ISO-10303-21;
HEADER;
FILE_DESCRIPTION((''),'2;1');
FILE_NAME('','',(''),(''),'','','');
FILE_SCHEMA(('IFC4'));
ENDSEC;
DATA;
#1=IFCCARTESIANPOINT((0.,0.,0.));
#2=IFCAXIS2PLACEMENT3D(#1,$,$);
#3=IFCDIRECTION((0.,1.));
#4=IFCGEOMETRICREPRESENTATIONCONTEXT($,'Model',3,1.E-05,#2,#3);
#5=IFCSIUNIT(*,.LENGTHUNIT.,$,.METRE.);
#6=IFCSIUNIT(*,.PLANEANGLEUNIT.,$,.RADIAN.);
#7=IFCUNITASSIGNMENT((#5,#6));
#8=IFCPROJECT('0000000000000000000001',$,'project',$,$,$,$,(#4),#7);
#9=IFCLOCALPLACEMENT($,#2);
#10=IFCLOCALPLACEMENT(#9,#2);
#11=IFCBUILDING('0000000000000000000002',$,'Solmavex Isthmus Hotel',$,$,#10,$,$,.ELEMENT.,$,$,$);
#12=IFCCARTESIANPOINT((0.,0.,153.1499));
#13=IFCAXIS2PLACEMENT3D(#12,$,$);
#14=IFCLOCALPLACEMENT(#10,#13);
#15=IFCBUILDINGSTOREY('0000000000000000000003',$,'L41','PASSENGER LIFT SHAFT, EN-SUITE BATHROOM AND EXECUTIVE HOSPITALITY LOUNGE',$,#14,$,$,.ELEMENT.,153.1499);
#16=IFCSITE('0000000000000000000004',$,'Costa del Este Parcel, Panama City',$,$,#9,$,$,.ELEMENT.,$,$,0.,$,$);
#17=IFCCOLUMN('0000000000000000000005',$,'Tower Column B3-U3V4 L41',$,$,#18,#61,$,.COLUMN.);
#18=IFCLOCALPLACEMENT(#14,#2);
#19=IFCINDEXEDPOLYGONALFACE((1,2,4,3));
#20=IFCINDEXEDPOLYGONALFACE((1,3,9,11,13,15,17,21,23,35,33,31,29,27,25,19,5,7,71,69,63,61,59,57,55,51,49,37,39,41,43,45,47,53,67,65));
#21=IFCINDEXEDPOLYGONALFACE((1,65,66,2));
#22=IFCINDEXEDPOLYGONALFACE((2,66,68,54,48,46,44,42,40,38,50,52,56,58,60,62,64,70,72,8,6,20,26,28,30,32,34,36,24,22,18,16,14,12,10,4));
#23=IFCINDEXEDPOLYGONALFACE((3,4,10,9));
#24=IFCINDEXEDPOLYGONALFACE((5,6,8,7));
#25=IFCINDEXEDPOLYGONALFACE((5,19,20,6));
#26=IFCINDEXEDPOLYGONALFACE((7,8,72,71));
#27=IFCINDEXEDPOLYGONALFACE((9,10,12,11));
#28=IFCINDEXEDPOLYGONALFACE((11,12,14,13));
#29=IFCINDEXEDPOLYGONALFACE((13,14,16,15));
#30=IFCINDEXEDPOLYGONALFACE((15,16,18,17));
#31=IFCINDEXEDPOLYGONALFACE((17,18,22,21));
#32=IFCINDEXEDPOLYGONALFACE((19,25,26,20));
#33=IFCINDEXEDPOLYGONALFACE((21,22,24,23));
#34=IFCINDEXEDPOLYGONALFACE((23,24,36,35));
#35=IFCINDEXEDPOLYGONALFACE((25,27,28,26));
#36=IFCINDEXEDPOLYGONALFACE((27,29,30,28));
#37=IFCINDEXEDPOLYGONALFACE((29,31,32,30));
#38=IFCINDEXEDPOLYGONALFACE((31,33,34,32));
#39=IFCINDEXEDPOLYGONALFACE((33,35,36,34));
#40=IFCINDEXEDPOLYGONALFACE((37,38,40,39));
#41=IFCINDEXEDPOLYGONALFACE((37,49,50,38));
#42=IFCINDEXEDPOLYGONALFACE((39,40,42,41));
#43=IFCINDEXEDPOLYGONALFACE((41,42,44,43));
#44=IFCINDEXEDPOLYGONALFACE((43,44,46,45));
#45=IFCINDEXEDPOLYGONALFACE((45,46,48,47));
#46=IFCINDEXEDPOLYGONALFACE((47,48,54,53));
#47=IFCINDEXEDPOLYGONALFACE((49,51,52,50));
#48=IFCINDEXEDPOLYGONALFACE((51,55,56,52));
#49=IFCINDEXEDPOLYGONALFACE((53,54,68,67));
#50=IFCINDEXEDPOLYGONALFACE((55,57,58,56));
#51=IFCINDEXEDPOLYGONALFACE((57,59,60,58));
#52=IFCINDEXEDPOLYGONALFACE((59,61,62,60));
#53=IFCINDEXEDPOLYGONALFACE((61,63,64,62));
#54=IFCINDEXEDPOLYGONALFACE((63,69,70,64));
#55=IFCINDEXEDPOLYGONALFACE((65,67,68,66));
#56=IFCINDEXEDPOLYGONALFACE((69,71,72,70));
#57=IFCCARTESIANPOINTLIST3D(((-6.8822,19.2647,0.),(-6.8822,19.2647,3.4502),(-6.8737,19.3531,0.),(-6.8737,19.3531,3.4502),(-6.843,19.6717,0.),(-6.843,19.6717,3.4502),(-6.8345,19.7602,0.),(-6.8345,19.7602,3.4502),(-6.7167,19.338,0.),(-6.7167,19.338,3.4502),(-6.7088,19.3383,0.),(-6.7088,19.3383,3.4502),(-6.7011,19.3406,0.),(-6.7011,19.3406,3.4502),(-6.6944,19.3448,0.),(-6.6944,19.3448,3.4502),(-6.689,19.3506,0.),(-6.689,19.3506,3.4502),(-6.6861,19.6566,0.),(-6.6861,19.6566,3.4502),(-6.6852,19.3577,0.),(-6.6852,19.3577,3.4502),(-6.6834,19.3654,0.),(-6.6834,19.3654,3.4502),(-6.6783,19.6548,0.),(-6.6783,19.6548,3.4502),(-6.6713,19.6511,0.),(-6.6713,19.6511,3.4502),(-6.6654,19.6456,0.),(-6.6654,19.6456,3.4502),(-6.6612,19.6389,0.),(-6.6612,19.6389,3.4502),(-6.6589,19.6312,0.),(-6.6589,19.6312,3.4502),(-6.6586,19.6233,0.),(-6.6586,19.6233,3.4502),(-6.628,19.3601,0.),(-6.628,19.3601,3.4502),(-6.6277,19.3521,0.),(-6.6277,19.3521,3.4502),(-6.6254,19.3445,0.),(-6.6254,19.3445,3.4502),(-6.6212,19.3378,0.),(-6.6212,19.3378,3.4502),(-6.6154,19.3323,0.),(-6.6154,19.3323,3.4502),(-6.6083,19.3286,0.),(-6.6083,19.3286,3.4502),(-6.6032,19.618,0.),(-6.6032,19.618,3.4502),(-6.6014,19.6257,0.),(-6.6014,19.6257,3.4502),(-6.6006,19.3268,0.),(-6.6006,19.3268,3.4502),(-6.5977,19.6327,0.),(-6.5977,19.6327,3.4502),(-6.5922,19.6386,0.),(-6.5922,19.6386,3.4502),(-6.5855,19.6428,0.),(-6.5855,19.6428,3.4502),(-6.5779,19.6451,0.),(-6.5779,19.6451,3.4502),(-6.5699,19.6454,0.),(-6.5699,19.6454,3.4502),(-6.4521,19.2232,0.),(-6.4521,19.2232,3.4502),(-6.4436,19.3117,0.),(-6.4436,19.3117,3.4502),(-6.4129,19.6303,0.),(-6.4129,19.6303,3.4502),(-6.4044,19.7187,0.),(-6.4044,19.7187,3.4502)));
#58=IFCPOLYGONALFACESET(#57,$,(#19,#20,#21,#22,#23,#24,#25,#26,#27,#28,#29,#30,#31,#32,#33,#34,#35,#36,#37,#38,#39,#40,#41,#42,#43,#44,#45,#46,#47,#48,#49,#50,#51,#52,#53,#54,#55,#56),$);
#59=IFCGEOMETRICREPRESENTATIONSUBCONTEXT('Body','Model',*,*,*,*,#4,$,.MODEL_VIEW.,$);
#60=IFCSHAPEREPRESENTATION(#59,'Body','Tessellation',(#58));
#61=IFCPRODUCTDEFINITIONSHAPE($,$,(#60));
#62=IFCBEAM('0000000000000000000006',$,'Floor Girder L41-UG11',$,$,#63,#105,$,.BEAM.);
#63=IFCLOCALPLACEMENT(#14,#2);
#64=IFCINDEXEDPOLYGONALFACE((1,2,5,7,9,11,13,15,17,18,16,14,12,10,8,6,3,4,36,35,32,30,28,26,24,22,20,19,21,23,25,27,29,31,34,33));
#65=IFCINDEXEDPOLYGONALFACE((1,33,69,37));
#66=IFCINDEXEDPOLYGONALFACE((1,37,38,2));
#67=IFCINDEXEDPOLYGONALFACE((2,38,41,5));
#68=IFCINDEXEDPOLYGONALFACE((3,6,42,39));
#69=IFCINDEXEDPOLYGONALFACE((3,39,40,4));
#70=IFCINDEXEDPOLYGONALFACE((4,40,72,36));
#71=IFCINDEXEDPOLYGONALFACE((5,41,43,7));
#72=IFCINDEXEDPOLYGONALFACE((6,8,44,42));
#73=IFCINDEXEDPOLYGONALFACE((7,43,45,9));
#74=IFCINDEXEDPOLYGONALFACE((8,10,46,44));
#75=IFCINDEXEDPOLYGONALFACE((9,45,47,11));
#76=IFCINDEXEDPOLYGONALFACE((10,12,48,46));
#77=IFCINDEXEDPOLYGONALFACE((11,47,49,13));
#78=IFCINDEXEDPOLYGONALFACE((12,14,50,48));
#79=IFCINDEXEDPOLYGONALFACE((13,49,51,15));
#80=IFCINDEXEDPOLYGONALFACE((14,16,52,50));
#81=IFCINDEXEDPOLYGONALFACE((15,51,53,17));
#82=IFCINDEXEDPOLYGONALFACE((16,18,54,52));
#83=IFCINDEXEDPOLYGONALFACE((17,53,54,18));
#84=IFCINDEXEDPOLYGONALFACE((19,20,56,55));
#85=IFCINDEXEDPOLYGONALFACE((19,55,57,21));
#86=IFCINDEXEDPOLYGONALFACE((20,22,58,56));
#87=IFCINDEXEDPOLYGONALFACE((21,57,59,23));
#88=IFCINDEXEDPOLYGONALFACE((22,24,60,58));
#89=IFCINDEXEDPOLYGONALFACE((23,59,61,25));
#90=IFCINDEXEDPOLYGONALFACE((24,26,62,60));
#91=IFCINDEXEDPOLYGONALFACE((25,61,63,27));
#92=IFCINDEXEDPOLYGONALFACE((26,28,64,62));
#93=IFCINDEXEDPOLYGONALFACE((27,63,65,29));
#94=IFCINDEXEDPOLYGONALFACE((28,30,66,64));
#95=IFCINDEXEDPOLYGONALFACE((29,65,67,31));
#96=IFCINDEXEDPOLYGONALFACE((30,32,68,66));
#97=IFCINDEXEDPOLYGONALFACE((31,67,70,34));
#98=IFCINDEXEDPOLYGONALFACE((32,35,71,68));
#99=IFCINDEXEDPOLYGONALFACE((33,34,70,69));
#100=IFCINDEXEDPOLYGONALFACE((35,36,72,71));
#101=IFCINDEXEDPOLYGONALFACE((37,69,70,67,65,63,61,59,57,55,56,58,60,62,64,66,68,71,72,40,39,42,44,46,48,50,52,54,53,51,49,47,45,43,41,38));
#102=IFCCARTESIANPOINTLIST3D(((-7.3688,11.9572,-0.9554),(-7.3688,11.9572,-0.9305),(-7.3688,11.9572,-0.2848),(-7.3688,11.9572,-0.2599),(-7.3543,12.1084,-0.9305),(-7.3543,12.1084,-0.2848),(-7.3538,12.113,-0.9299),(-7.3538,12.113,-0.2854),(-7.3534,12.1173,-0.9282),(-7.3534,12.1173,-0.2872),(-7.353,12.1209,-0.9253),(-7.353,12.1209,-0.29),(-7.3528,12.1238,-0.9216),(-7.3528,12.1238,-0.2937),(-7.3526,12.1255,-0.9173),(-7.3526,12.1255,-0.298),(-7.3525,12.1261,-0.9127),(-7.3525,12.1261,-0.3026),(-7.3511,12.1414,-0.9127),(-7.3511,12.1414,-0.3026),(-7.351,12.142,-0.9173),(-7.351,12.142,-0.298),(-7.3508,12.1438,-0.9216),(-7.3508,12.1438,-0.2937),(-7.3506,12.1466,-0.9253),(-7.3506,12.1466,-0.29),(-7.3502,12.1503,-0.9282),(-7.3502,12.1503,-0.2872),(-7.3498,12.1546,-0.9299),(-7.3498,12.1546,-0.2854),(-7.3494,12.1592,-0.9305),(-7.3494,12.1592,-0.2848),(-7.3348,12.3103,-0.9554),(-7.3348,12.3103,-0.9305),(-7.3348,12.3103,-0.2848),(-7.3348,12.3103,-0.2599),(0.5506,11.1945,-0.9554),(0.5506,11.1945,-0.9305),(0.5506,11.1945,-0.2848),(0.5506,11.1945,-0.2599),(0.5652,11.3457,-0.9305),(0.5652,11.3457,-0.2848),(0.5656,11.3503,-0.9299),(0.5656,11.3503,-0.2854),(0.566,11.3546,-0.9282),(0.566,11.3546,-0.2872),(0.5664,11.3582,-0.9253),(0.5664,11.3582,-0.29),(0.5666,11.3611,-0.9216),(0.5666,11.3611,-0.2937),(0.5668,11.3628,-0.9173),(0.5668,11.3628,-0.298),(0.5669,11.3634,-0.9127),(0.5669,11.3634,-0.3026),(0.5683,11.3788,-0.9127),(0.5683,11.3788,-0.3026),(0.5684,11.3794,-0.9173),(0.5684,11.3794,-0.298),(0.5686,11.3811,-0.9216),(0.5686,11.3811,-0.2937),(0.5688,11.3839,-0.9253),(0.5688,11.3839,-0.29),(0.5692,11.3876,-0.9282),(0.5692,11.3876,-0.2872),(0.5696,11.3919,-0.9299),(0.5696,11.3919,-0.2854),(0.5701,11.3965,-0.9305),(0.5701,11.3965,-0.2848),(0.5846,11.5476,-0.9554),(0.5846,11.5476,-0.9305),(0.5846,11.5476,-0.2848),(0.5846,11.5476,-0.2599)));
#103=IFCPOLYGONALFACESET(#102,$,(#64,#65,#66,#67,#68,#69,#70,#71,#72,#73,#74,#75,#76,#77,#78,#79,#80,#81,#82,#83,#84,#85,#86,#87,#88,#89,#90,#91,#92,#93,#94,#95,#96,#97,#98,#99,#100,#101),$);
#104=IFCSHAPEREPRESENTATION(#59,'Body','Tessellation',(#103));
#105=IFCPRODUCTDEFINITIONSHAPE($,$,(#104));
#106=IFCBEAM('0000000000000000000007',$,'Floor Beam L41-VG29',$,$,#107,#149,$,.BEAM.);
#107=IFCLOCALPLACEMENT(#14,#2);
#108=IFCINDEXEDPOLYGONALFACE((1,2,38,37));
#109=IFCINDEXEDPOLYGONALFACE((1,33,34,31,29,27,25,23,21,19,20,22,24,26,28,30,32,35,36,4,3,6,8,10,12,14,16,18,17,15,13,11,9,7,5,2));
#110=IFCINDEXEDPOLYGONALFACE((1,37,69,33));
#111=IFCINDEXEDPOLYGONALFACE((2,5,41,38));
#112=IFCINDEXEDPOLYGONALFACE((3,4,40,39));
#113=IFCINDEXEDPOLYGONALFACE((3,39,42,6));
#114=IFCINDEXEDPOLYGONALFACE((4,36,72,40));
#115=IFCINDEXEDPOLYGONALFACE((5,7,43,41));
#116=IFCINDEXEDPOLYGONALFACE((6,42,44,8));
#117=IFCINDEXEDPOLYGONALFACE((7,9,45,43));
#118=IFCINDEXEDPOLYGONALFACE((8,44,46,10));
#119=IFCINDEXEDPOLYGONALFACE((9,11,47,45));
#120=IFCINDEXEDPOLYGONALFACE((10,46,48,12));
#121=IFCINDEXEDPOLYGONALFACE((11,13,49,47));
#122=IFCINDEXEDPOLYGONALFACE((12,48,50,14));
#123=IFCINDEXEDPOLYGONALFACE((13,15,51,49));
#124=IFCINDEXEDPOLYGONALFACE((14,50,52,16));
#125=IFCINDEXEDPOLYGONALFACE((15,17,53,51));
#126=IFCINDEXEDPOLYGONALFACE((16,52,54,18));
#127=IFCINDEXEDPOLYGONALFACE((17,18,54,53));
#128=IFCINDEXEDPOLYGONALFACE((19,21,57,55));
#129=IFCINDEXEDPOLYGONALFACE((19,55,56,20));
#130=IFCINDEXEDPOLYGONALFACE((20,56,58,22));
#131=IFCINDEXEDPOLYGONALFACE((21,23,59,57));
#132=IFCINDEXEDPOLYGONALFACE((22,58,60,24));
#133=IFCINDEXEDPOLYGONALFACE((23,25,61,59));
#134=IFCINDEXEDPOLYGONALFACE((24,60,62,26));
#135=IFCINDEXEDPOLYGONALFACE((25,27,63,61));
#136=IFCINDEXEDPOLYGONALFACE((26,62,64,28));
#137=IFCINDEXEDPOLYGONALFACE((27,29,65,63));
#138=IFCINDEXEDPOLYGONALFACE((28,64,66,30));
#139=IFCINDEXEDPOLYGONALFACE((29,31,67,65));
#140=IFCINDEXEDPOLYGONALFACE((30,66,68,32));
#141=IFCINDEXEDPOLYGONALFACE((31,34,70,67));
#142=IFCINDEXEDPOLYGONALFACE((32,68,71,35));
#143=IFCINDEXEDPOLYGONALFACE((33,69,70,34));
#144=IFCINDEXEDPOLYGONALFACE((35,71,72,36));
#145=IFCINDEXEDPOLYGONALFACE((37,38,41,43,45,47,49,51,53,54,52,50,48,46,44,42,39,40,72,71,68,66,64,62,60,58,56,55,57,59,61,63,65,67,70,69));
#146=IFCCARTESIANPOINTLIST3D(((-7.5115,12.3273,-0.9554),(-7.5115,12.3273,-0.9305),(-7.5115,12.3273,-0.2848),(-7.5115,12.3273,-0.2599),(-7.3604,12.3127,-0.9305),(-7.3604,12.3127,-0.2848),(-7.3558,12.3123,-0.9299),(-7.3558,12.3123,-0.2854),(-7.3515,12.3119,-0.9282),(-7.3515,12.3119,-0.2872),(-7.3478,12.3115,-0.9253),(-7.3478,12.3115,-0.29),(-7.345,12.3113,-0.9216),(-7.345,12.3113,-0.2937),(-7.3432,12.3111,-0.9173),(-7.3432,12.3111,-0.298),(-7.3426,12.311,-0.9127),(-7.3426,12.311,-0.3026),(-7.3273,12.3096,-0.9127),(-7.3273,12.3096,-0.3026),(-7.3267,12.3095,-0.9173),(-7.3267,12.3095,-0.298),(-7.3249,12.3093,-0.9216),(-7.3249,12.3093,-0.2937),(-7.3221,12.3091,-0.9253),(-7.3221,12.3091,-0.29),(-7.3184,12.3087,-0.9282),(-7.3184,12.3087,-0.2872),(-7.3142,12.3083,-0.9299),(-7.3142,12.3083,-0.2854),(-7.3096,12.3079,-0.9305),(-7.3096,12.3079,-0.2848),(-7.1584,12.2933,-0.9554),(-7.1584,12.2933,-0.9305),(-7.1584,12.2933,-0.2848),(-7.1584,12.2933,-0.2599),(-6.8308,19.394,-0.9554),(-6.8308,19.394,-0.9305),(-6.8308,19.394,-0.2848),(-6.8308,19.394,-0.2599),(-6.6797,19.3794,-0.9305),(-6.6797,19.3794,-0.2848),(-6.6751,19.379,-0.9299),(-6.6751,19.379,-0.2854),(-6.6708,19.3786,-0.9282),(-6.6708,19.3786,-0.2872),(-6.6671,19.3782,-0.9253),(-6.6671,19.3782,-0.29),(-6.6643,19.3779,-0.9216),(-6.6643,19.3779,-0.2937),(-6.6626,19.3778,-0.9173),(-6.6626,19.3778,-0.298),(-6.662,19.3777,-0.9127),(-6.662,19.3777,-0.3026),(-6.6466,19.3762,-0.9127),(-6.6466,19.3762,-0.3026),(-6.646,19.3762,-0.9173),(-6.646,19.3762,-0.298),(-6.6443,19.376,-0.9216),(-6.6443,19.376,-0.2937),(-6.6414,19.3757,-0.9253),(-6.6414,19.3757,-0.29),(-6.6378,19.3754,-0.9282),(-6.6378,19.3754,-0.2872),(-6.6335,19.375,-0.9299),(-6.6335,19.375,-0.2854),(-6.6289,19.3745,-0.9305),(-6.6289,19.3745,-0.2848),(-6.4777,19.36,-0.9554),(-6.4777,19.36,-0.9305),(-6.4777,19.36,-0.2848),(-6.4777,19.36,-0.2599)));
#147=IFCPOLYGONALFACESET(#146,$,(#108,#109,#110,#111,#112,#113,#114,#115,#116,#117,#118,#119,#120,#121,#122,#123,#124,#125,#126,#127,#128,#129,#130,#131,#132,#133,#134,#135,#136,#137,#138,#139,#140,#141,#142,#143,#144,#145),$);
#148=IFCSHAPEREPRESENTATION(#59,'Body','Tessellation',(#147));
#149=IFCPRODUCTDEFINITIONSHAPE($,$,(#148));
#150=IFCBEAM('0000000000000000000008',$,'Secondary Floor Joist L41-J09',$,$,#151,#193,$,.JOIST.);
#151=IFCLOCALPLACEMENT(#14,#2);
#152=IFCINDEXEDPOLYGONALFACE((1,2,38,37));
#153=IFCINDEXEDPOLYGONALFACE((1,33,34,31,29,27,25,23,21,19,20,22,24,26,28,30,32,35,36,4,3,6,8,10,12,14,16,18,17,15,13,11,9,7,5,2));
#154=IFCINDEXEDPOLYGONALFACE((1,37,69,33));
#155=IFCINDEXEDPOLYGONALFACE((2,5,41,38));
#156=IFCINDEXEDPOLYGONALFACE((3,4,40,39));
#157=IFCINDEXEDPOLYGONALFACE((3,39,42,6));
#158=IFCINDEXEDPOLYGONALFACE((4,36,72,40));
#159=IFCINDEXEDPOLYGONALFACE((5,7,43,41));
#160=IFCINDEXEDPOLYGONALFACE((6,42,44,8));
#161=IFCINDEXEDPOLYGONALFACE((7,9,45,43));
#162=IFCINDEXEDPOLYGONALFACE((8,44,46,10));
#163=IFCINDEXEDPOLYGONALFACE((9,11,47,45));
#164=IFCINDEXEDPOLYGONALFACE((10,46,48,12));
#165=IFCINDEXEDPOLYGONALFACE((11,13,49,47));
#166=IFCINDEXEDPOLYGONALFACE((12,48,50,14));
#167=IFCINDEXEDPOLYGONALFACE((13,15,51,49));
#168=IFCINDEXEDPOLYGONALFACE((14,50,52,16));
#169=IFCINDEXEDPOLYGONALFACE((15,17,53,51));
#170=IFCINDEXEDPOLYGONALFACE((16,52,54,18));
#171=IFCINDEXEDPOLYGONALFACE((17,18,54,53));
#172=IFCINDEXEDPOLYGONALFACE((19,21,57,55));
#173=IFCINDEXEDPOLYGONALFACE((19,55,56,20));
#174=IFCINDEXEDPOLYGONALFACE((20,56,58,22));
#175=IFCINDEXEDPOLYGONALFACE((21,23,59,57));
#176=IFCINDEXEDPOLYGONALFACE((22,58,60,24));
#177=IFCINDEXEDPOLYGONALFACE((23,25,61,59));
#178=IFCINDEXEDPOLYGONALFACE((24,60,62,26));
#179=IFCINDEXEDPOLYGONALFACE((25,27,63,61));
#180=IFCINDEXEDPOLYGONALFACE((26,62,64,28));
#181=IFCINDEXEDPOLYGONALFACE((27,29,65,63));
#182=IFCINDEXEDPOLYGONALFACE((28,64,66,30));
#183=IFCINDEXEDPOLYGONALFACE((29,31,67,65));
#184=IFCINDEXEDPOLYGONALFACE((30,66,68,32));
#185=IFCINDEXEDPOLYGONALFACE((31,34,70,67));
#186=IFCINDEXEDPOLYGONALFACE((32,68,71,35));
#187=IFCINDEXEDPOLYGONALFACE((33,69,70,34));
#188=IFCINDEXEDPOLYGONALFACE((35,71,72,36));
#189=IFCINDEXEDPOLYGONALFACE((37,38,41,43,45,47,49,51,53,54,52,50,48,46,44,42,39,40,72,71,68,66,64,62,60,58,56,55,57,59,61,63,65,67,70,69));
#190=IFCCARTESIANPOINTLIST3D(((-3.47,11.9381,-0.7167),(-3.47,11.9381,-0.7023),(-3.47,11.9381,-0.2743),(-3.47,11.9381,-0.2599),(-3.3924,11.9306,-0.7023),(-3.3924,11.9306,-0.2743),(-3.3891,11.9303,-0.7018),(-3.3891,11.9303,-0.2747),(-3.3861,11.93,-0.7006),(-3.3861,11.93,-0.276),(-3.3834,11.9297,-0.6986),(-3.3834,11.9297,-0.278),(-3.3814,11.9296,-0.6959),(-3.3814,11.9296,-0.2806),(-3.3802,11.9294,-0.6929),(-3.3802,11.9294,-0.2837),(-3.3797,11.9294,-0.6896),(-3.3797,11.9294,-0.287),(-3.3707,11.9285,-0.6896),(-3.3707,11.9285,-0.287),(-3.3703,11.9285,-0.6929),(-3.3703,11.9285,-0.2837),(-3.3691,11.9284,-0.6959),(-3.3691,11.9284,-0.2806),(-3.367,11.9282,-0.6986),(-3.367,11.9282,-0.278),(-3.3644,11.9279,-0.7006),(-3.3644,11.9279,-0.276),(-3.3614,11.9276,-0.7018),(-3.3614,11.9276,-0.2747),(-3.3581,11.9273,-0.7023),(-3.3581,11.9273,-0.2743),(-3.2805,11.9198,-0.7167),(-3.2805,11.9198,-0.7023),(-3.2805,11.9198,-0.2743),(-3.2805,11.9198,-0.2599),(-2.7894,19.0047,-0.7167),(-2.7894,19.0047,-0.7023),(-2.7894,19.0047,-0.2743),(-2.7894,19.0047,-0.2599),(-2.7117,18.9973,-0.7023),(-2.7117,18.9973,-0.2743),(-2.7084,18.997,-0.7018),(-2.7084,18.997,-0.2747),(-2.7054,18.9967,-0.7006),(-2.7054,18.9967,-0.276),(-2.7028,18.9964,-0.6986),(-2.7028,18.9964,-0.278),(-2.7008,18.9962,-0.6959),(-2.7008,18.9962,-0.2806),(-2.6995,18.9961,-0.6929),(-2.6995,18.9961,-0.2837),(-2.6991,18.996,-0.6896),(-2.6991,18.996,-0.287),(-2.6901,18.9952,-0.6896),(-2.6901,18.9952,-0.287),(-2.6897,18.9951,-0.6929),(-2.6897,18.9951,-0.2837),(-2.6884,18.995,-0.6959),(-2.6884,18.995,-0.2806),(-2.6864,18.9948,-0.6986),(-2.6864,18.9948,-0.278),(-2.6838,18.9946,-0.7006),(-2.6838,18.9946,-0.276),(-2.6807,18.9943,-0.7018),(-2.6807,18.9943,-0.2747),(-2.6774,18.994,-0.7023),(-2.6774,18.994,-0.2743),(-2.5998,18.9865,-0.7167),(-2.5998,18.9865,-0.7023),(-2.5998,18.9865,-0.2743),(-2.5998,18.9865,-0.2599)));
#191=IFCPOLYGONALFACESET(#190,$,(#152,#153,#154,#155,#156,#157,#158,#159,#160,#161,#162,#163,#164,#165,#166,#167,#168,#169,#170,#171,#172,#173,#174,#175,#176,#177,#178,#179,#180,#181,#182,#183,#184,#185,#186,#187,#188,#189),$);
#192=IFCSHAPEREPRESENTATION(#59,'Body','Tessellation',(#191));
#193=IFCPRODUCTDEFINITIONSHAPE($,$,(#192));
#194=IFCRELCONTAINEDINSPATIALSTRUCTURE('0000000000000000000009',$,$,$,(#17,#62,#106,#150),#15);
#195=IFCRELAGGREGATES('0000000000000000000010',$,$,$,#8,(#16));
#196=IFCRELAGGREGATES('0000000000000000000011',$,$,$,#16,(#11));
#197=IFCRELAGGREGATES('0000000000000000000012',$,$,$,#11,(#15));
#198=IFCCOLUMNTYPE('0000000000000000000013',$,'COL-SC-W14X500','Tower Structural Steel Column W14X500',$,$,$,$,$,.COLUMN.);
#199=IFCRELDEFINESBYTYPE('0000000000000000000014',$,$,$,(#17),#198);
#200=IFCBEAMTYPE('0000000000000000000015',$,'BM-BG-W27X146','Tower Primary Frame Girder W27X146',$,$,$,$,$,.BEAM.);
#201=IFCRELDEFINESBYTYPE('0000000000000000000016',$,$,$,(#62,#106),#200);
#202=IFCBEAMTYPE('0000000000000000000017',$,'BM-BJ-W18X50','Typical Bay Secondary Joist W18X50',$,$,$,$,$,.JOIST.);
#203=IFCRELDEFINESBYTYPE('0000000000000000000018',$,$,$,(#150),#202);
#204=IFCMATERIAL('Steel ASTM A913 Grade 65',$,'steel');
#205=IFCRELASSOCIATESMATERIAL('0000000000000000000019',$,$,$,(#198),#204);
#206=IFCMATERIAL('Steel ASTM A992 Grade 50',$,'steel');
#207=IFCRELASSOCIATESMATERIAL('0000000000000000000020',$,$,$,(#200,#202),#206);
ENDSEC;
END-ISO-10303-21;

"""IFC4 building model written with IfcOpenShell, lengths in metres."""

from ifc_helpers import new_model, si_unit, direction, frame, origin, origin_2d, place, context, subcontext, project, spatial, i_section, extrude, material, material_profile, profile_set, type_object, element, save


model = new_model("IFC4")

# Units and contexts
model_context = context("Model", 3, precision=1e-05, world=origin(), true_north=direction((0.0, 1.0)))
body_context = subcontext(model_context, "Body", "Model", "MODEL_VIEW")
ifc_project = project(units=[si_unit("LENGTHUNIT", "METRE"), si_unit("PLANEANGLEUNIT", "RADIAN")], contexts=[model_context])

# Site, building, storey
site_placement = place(None, origin())
site = spatial("IfcSite", under=ifc_project, at=site_placement, Name="Costa del Este Parcel, Panama City", CompositionType="ELEMENT", RefElevation=0.0)
building_placement = place(site_placement, origin())
building = spatial("IfcBuilding", under=site, at=building_placement, Name="Solmavex Isthmus Hotel", CompositionType="ELEMENT")
storey_placement = place(building_placement, frame((0.0, 0.0, 153.1499)))
storey = spatial("IfcBuildingStorey", under=building, at=storey_placement, Name="L41", Description="PASSENGER LIFT SHAFT, EN-SUITE BATHROOM AND EXECUTIVE HOSPITALITY LOUNGE", CompositionType="ELEMENT", Elevation=153.1499)

# Column
ifc_material_1 = material(Name="Steel ASTM A913 Grade 65", Category="steel")
ifc_material_profile_1 = material_profile(ifc_material_1, i_section(OverallWidth=0.4321, OverallDepth=0.4978, WebThickness=0.0557, FlangeThickness=0.0889, FilletRadius=0.0305, at=origin_2d()), Name="W14X500")
ifc_profile_set_1 = profile_set([ifc_material_profile_1], Name="Steel ASTM A913 Grade 65")
column_type = type_object("IfcColumnType", Name="COL-SC-W14X500", Description="Tower Structural Steel Column W14X500", PredefinedType="COLUMN", material=ifc_profile_set_1)
column_placement = place(storey_placement, frame((-6.6433, 19.4917, 0.0), z_axis=(0.0, 0.0, 1.0), x_axis=(0.995396, -0.095846, 0.0)))
element("IfcColumn", 1, at=column_placement, inside=storey, type_object=column_type, Name="Tower Column B3-U3V4 L41", PredefinedType="COLUMN", context=body_context, shape_type="SweptSolid", body=[
    extrude(i_section(OverallWidth=0.4321, OverallDepth=0.4978, WebThickness=0.0557, FlangeThickness=0.0889, FilletRadius=0.0305, at=origin_2d()), origin(), (0.0, 0.0, 1.0), 3.4502),
])

# Beams
ifc_material_2 = material(Name="Steel ASTM A992 Grade 50", Category="steel")
ifc_material_profile_2 = material_profile(ifc_material_2, i_section(OverallWidth=0.3547, OverallDepth=0.6956, WebThickness=0.0154, FlangeThickness=0.0249, FilletRadius=0.0178, at=origin_2d()), Name="W27X146")
ifc_profile_set_2 = profile_set([ifc_material_profile_2], Name="Steel ASTM A992 Grade 50")
beam_type_1 = type_object("IfcBeamType", Name="BM-BG-W27X146", Description="Tower Primary Frame Girder W27X146", PredefinedType="BEAM", material=ifc_profile_set_2)
beam_1_placement = place(storey_placement, frame((-7.3518, 12.1338, -0.6077), z_axis=(0.995395, -0.095863, 0.0), x_axis=(0.095863, 0.995395, 0.0)))
element("IfcBeam", 2, at=beam_1_placement, inside=storey, type_object=beam_type_1, Name="Floor Girder L41-UG11", PredefinedType="BEAM", context=body_context, shape_type="SweptSolid", body=[
    extrude(i_section(OverallWidth=0.3547, OverallDepth=0.6956, WebThickness=0.0154, FlangeThickness=0.0249, FilletRadius=0.0178, at=origin_2d()), origin(), (0.0, 0.0, 1.0), 7.9561),
])
beam_2_placement = place(storey_placement, frame((-7.335, 12.3103, -0.6077), z_axis=(0.095877, 0.995393, 0.0), x_axis=(-0.995393, 0.095877, 0.0)))
element("IfcBeam", 3, at=beam_2_placement, inside=storey, type_object=beam_type_1, Name="Floor Beam L41-VG29", PredefinedType="BEAM", context=body_context, shape_type="SweptSolid", body=[
    extrude(i_section(OverallWidth=0.3547, OverallDepth=0.6956, WebThickness=0.0154, FlangeThickness=0.0249, FilletRadius=0.0178, at=origin_2d()), origin(), (0.0, 0.0, 1.0), 7.0994),
])
ifc_material_profile_3 = material_profile(ifc_material_2, i_section(OverallWidth=0.1904, OverallDepth=0.4568, WebThickness=0.009, FlangeThickness=0.0144, FilletRadius=0.0127, at=origin_2d()), Name="W18X50")
ifc_profile_set_3 = profile_set([ifc_material_profile_3], Name="Steel ASTM A992 Grade 50")
beam_type_2 = type_object("IfcBeamType", Name="BM-BJ-W18X50", Description="Typical Bay Secondary Joist W18X50", PredefinedType="JOIST", material=ifc_profile_set_3)
beam_3_placement = place(storey_placement, frame((-3.3752, 11.929, -0.4883), z_axis=(0.095877, 0.995393, 0.0), x_axis=(-0.995393, 0.095877, 0.0)))
element("IfcBeam", 4, at=beam_3_placement, inside=storey, type_object=beam_type_2, Name="Secondary Floor Joist L41-J09", PredefinedType="JOIST", context=body_context, shape_type="SweptSolid", body=[
    extrude(i_section(OverallWidth=0.1904, OverallDepth=0.4568, WebThickness=0.009, FlangeThickness=0.0144, FilletRadius=0.0127, at=origin_2d()), origin(), (0.0, 0.0, 1.0), 7.0994),
])

save(model, "model.ifc")
